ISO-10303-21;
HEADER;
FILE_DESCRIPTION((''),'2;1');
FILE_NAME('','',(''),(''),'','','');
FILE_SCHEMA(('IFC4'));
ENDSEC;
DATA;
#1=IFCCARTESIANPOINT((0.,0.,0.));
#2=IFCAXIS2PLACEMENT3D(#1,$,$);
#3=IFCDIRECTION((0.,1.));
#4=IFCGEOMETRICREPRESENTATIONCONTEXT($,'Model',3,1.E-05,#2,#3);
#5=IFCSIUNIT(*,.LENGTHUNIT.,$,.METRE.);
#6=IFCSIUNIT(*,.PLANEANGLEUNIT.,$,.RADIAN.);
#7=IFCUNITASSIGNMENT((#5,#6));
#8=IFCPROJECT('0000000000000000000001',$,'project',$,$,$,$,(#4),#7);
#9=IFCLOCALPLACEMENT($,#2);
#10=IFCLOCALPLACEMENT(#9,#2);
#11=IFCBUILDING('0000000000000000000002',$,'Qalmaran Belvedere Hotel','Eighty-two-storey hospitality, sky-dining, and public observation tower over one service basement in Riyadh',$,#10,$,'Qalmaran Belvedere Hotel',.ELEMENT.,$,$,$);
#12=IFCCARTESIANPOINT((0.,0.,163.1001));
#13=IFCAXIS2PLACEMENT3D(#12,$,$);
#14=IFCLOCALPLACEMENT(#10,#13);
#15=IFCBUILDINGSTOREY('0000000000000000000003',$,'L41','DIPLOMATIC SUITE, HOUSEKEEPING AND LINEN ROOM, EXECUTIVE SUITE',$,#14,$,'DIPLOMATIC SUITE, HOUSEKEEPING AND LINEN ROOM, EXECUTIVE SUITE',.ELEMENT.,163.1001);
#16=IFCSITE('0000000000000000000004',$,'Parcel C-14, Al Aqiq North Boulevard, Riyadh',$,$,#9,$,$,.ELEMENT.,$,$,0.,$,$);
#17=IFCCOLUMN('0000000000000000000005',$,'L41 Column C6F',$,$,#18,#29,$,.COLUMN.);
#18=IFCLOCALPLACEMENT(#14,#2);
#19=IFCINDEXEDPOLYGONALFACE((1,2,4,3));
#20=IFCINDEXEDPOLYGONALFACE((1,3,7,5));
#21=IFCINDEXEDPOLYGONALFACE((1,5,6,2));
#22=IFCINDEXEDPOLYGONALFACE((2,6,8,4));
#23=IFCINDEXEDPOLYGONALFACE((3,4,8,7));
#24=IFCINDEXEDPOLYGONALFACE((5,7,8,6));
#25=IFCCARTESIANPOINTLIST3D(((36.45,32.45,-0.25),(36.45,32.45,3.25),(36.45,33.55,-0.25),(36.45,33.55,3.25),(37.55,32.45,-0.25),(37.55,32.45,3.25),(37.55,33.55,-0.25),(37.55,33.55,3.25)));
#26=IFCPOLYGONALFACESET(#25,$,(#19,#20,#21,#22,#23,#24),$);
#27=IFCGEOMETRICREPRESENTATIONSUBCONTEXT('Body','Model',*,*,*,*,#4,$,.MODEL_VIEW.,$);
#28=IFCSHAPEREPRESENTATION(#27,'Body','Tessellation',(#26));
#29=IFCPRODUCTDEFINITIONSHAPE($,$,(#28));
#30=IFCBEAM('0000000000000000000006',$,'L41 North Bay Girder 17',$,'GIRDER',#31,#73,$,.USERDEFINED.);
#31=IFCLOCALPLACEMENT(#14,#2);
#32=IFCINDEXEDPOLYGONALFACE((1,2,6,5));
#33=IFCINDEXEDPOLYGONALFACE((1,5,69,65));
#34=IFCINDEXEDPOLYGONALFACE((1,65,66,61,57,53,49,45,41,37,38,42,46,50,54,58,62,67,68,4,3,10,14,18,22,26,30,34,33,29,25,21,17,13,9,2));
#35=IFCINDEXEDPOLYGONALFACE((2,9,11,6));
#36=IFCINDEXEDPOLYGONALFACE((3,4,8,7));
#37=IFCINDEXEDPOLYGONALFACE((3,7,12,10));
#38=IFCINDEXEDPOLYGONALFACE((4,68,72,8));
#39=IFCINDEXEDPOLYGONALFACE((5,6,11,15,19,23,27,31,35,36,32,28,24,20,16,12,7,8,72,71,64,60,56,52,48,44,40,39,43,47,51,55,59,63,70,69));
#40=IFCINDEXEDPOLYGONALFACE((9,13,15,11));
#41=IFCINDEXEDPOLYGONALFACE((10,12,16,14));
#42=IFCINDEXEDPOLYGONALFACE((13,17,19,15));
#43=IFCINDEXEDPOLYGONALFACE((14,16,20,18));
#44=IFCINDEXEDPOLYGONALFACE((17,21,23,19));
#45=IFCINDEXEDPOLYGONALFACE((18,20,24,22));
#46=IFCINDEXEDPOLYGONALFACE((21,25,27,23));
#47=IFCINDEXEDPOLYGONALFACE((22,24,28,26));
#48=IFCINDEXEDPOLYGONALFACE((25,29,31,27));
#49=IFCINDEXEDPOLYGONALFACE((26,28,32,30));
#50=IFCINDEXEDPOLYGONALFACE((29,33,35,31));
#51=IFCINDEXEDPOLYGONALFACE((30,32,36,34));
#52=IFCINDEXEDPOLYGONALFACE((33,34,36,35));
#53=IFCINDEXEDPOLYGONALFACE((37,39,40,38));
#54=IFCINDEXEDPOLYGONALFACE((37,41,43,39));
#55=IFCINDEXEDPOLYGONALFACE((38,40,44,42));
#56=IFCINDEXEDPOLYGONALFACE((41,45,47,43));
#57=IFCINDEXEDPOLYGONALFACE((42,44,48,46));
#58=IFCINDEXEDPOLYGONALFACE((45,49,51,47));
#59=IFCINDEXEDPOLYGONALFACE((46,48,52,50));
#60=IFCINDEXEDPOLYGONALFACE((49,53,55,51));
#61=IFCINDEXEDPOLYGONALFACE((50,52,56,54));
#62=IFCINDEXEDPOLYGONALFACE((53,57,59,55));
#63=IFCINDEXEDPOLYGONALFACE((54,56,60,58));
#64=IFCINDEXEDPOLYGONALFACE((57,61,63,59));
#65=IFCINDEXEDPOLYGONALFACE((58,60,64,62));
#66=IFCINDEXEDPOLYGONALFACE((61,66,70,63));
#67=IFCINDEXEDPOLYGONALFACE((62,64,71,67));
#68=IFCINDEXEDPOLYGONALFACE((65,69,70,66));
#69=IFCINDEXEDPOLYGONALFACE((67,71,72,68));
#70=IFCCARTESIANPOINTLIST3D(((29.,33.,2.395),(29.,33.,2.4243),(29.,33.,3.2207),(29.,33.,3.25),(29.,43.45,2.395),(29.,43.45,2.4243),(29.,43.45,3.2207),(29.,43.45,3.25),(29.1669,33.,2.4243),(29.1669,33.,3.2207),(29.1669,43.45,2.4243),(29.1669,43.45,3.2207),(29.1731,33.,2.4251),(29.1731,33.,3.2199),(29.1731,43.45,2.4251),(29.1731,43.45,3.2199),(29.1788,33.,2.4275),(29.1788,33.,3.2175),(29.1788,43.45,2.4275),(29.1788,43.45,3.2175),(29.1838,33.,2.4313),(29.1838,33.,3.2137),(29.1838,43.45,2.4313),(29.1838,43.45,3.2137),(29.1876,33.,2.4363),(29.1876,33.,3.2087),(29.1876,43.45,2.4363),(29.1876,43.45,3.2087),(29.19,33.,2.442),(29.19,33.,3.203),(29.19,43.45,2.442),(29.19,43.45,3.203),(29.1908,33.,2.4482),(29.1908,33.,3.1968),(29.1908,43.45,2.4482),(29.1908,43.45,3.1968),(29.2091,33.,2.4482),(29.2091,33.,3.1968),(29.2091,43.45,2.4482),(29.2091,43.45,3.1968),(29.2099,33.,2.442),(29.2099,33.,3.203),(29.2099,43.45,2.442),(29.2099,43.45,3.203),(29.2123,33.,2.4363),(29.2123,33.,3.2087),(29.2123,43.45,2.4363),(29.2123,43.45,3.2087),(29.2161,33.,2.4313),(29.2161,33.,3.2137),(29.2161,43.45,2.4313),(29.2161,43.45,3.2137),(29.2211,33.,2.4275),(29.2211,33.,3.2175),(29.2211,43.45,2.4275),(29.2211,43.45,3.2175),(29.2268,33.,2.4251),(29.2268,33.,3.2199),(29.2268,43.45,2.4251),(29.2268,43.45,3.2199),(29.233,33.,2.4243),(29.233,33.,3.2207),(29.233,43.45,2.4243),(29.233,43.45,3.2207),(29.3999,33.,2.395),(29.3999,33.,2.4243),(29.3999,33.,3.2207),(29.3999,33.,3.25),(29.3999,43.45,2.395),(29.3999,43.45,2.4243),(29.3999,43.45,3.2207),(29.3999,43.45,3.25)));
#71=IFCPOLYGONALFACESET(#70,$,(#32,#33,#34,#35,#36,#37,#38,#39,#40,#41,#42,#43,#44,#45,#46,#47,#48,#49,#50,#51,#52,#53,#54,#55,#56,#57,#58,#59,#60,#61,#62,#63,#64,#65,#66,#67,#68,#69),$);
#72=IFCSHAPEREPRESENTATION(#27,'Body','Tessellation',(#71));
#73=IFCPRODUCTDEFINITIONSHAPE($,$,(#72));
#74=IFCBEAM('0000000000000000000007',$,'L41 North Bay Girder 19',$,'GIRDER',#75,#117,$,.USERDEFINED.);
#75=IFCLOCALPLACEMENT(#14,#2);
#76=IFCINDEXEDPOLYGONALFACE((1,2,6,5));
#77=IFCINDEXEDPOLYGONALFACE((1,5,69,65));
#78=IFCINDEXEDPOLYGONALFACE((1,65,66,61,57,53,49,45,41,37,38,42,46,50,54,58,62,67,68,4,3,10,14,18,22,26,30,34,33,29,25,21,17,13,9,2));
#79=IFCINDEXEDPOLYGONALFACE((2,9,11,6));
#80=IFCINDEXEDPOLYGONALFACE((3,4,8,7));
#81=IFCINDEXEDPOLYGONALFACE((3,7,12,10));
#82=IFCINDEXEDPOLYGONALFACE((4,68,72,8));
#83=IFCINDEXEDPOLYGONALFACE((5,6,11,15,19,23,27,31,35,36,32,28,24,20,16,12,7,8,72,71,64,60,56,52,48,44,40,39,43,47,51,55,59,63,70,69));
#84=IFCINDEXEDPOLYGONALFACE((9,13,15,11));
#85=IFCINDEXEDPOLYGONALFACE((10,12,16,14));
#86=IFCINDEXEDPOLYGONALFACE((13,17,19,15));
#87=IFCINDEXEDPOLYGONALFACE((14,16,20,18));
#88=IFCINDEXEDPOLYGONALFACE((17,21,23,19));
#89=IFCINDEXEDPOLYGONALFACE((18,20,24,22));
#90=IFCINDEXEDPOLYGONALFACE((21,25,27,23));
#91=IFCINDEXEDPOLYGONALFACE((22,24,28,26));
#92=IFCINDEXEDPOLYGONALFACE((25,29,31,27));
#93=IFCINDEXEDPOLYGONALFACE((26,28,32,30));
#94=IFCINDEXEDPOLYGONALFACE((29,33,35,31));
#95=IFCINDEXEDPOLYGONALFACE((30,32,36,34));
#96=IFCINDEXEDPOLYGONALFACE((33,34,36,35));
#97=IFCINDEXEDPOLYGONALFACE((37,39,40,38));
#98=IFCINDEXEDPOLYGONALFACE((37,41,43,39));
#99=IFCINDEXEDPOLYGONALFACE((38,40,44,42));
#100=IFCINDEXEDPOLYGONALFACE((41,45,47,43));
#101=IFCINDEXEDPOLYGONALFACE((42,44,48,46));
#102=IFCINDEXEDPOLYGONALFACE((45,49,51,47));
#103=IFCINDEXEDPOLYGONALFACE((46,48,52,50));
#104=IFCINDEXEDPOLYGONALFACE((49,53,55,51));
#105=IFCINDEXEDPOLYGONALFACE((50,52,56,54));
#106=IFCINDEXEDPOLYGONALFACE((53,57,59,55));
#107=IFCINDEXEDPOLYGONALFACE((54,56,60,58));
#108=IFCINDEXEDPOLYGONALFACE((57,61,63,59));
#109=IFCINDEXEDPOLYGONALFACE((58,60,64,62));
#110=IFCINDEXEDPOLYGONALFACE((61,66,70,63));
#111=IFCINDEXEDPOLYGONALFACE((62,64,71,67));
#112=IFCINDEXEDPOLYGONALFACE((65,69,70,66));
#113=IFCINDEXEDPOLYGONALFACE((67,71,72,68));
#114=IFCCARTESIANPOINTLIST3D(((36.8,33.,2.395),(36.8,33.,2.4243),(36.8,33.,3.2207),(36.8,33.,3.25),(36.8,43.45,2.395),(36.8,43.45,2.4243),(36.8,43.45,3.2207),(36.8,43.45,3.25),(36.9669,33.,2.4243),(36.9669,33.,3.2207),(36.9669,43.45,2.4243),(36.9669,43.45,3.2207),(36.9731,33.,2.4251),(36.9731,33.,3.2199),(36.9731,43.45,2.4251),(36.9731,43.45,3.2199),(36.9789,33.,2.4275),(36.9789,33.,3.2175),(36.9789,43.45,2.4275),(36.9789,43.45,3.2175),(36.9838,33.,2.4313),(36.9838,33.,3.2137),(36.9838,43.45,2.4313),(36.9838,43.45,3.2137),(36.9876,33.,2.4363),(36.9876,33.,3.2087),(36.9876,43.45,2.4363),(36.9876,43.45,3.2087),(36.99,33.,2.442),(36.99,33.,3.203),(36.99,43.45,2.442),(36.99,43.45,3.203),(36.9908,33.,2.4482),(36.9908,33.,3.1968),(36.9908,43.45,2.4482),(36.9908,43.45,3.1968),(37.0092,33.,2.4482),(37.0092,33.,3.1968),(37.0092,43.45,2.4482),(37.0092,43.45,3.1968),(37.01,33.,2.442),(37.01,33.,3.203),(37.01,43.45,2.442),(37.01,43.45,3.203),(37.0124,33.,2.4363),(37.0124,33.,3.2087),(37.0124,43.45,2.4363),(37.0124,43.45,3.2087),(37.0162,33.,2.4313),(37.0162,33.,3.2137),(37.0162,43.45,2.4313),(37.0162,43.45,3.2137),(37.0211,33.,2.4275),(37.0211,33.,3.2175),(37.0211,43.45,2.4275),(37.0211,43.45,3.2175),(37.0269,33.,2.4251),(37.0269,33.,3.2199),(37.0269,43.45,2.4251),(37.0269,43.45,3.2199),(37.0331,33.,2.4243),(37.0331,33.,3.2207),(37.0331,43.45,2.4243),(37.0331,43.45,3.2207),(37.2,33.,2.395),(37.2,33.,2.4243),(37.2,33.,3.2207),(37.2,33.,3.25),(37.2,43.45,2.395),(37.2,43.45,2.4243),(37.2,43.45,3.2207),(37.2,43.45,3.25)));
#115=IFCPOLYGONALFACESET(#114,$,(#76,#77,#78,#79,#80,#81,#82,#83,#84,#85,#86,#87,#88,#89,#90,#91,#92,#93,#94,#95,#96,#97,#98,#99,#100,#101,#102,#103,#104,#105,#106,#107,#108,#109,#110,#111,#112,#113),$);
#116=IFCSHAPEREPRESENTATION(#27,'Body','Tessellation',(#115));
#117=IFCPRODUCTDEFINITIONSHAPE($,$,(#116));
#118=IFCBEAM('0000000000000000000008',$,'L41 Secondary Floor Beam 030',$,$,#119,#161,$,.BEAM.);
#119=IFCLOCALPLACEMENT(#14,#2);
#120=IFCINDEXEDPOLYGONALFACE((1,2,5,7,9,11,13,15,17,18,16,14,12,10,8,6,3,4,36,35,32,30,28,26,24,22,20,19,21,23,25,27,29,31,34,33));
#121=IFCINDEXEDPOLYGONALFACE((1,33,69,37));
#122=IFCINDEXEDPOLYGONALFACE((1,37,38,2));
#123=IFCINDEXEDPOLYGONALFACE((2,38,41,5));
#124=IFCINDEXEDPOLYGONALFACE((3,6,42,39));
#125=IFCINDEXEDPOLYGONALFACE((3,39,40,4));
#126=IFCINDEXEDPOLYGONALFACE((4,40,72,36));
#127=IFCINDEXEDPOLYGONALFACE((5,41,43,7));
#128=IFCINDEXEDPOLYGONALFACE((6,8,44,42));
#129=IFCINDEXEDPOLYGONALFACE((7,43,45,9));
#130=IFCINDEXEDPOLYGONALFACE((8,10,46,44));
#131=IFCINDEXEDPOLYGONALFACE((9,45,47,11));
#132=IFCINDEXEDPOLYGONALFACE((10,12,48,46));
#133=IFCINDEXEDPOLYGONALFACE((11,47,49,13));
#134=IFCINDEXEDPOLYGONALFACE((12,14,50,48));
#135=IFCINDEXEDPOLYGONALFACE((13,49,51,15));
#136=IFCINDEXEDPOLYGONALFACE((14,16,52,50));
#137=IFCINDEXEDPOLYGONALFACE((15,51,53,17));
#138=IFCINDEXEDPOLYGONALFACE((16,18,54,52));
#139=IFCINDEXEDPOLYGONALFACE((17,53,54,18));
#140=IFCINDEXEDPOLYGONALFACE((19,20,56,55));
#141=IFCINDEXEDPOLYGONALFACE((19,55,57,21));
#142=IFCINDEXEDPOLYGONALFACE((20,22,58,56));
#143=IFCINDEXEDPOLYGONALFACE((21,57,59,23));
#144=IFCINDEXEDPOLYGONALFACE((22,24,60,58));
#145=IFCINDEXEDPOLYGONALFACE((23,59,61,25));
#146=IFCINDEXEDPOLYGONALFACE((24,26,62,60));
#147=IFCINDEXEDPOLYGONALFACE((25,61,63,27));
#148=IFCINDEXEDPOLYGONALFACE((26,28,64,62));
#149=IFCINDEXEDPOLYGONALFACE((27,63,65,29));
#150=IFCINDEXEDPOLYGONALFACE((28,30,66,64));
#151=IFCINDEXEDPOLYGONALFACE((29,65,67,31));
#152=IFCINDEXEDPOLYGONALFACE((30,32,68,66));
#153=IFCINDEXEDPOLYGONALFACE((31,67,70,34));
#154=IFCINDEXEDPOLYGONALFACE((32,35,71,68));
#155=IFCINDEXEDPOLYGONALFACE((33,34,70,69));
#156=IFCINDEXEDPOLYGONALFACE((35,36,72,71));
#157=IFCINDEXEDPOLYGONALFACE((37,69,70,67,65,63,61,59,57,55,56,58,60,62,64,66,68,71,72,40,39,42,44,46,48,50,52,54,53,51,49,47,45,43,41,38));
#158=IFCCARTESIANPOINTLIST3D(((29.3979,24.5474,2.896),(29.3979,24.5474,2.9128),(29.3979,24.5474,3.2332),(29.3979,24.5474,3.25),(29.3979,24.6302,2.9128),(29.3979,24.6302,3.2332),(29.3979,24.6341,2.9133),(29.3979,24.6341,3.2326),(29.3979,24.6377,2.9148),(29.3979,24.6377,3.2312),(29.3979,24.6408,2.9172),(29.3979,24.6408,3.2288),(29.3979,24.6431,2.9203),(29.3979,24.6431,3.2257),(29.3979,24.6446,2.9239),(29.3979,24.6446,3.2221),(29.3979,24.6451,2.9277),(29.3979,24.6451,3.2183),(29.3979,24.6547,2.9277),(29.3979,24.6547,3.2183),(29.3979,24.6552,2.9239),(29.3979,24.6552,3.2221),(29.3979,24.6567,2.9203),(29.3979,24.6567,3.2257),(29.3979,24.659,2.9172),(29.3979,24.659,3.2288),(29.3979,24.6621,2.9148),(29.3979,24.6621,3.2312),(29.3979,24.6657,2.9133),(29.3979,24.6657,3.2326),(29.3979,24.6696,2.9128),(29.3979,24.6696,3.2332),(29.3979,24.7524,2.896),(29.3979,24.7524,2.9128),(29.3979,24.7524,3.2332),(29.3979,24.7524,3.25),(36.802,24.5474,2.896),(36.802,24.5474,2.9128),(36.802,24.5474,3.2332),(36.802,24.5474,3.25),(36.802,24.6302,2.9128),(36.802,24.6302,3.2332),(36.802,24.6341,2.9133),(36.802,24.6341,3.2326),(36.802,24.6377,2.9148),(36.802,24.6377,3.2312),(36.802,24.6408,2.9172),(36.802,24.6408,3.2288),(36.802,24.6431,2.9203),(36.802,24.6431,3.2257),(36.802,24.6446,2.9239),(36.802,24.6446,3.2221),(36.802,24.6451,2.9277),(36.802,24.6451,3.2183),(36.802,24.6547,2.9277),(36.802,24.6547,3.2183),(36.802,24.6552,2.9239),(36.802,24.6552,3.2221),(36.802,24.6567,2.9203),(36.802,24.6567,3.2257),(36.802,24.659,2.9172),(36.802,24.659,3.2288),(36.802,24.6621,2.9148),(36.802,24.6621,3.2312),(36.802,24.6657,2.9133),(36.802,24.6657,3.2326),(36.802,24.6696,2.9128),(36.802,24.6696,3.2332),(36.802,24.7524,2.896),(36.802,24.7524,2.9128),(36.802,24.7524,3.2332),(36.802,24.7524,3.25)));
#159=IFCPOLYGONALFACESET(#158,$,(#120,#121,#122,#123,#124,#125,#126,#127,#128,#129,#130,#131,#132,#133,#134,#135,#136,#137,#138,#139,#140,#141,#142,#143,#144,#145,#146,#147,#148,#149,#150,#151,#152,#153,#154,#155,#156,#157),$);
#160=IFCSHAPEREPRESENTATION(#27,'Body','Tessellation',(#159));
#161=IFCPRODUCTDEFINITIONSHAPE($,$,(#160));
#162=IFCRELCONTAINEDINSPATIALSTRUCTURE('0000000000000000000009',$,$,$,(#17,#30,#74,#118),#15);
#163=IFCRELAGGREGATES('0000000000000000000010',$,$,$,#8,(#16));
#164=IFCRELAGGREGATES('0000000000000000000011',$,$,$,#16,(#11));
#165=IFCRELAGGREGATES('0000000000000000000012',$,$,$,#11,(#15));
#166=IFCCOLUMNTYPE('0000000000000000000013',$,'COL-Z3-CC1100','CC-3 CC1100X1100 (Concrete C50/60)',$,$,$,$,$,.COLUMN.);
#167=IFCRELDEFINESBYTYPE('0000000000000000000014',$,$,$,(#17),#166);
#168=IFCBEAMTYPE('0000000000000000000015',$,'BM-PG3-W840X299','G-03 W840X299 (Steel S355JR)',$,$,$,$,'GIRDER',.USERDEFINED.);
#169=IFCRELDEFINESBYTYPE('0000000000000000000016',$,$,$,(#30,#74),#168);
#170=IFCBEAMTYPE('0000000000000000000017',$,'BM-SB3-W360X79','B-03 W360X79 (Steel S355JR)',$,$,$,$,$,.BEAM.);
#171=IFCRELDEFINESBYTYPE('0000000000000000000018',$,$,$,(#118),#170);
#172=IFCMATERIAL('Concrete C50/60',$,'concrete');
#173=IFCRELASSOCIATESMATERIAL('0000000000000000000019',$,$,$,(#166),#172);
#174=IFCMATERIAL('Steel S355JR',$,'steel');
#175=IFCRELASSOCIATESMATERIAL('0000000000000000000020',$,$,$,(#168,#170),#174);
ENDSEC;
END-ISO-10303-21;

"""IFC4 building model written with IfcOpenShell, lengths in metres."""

from ifc_helpers import new_model, si_unit, direction, frame, origin, origin_2d, place, context, subcontext, project, spatial, rectangle, i_section, extrude, material, material_profile, profile_set, type_object, element, save


model = new_model("IFC4")

# Units and contexts
model_context = context("Model", 3, precision=1e-05, world=origin(), true_north=direction((0.0, 1.0)))
body_context = subcontext(model_context, "Body", "Model", "MODEL_VIEW")
ifc_project = project(units=[si_unit("LENGTHUNIT", "METRE"), si_unit("PLANEANGLEUNIT", "RADIAN")], contexts=[model_context])

# Site, building, storey
site_placement = place(None, origin())
site = spatial("IfcSite", under=ifc_project, at=site_placement, Name="Parcel C-14, Al Aqiq North Boulevard, Riyadh", CompositionType="ELEMENT", RefElevation=0.0)
building_placement = place(site_placement, origin())
building = spatial("IfcBuilding", under=site, at=building_placement, Name="Qalmaran Belvedere Hotel", Description="Eighty-two-storey hospitality, sky-dining, and public observation tower over one service basement in Riyadh", LongName="Qalmaran Belvedere Hotel", CompositionType="ELEMENT")
storey_placement = place(building_placement, frame((0.0, 0.0, 163.1001)))
storey = spatial("IfcBuildingStorey", under=building, at=storey_placement, Name="L41", Description="DIPLOMATIC SUITE, HOUSEKEEPING AND LINEN ROOM, EXECUTIVE SUITE", LongName="DIPLOMATIC SUITE, HOUSEKEEPING AND LINEN ROOM, EXECUTIVE SUITE", CompositionType="ELEMENT", Elevation=163.1001)

# Column
ifc_material_1 = material(Name="Concrete C50/60", Category="concrete")
ifc_material_profile_1 = material_profile(ifc_material_1, rectangle(XDim=1.1001, YDim=1.1001, at=origin_2d()), Name="CC1100X1100")
ifc_profile_set_1 = profile_set([ifc_material_profile_1], Name="Concrete C50/60")
column_type = type_object("IfcColumnType", Name="COL-Z3-CC1100", Description="CC-3 CC1100X1100 (Concrete C50/60)", PredefinedType="COLUMN", material=ifc_profile_set_1)
column_placement = place(storey_placement, frame((37.0, 33.0, -0.25), z_axis=(0.0, 0.0, 1.0), x_axis=(1.0, 0.0, 0.0)))
element("IfcColumn", 1, at=column_placement, inside=storey, type_object=column_type, Name="L41 Column C6F", PredefinedType="COLUMN", context=body_context, shape_type="SweptSolid", body=[
    extrude(rectangle(XDim=1.1001, YDim=1.1001, at=origin_2d()), origin(), (0.0, 0.0, 1.0), 3.5),
])

# Beams
ifc_material_2 = material(Name="Steel S355JR", Category="steel")
ifc_material_profile_2 = material_profile(ifc_material_2, i_section(OverallWidth=0.3999, OverallDepth=0.855, WebThickness=0.0183, FlangeThickness=0.0293, FilletRadius=0.0239, at=origin_2d()), Name="W840X299")
ifc_profile_set_2 = profile_set([ifc_material_profile_2], Name="Steel S355JR")
beam_type_1 = type_object("IfcBeamType", Name="BM-PG3-W840X299", Description="G-03 W840X299 (Steel S355JR)", ElementType="GIRDER", PredefinedType="USERDEFINED", material=ifc_profile_set_2)
for number, where, z_axis, x_axis, name in (
    (2, (29.2, 33.0, 2.8225), (0.0, 1.0, 0.0), (-1.0, 0.0, 0.0), "L41 North Bay Girder 17"),
    (3, (37.0, 33.0, 2.8225), (0.0, 1.0, 0.0), (-1.0, 0.0, 0.0), "L41 North Bay Girder 19"),
):
    element("IfcBeam", number, at=place(storey_placement, frame(where, z_axis=z_axis, x_axis=x_axis)), inside=storey, type_object=beam_type_1, Name=name, ObjectType="GIRDER", PredefinedType="USERDEFINED", context=body_context, shape_type="SweptSolid", body=[
        extrude(i_section(OverallWidth=0.3999, OverallDepth=0.855, WebThickness=0.0183, FlangeThickness=0.0293, FilletRadius=0.0239, at=origin_2d()), origin(), (0.0, 0.0, 1.0), 10.45),
    ])
ifc_material_profile_3 = material_profile(ifc_material_2, i_section(OverallWidth=0.2051, OverallDepth=0.354, WebThickness=0.0095, FlangeThickness=0.0168, FilletRadius=0.0149, at=origin_2d()), Name="W360X79")
ifc_profile_set_3 = profile_set([ifc_material_profile_3], Name="Steel S355JR")
beam_type_2 = type_object("IfcBeamType", Name="BM-SB3-W360X79", Description="B-03 W360X79 (Steel S355JR)", PredefinedType="BEAM", material=ifc_profile_set_3)
for number, where, z_axis, x_axis, name in (
    (4, (29.3979, 24.6499, 3.073), (1.0, 0.0, 0.0), (0.0, 1.0, 0.0), "L41 Secondary Floor Beam 030"),
):
    element("IfcBeam", number, at=place(storey_placement, frame(where, z_axis=z_axis, x_axis=x_axis)), inside=storey, type_object=beam_type_2, Name=name, PredefinedType="BEAM", context=body_context, shape_type="SweptSolid", body=[
        extrude(i_section(OverallWidth=0.2051, OverallDepth=0.354, WebThickness=0.0095, FlangeThickness=0.0168, FilletRadius=0.0149, at=origin_2d()), origin(), (0.0, 0.0, 1.0), 7.4041),
    ])

save(model, "model.ifc")
